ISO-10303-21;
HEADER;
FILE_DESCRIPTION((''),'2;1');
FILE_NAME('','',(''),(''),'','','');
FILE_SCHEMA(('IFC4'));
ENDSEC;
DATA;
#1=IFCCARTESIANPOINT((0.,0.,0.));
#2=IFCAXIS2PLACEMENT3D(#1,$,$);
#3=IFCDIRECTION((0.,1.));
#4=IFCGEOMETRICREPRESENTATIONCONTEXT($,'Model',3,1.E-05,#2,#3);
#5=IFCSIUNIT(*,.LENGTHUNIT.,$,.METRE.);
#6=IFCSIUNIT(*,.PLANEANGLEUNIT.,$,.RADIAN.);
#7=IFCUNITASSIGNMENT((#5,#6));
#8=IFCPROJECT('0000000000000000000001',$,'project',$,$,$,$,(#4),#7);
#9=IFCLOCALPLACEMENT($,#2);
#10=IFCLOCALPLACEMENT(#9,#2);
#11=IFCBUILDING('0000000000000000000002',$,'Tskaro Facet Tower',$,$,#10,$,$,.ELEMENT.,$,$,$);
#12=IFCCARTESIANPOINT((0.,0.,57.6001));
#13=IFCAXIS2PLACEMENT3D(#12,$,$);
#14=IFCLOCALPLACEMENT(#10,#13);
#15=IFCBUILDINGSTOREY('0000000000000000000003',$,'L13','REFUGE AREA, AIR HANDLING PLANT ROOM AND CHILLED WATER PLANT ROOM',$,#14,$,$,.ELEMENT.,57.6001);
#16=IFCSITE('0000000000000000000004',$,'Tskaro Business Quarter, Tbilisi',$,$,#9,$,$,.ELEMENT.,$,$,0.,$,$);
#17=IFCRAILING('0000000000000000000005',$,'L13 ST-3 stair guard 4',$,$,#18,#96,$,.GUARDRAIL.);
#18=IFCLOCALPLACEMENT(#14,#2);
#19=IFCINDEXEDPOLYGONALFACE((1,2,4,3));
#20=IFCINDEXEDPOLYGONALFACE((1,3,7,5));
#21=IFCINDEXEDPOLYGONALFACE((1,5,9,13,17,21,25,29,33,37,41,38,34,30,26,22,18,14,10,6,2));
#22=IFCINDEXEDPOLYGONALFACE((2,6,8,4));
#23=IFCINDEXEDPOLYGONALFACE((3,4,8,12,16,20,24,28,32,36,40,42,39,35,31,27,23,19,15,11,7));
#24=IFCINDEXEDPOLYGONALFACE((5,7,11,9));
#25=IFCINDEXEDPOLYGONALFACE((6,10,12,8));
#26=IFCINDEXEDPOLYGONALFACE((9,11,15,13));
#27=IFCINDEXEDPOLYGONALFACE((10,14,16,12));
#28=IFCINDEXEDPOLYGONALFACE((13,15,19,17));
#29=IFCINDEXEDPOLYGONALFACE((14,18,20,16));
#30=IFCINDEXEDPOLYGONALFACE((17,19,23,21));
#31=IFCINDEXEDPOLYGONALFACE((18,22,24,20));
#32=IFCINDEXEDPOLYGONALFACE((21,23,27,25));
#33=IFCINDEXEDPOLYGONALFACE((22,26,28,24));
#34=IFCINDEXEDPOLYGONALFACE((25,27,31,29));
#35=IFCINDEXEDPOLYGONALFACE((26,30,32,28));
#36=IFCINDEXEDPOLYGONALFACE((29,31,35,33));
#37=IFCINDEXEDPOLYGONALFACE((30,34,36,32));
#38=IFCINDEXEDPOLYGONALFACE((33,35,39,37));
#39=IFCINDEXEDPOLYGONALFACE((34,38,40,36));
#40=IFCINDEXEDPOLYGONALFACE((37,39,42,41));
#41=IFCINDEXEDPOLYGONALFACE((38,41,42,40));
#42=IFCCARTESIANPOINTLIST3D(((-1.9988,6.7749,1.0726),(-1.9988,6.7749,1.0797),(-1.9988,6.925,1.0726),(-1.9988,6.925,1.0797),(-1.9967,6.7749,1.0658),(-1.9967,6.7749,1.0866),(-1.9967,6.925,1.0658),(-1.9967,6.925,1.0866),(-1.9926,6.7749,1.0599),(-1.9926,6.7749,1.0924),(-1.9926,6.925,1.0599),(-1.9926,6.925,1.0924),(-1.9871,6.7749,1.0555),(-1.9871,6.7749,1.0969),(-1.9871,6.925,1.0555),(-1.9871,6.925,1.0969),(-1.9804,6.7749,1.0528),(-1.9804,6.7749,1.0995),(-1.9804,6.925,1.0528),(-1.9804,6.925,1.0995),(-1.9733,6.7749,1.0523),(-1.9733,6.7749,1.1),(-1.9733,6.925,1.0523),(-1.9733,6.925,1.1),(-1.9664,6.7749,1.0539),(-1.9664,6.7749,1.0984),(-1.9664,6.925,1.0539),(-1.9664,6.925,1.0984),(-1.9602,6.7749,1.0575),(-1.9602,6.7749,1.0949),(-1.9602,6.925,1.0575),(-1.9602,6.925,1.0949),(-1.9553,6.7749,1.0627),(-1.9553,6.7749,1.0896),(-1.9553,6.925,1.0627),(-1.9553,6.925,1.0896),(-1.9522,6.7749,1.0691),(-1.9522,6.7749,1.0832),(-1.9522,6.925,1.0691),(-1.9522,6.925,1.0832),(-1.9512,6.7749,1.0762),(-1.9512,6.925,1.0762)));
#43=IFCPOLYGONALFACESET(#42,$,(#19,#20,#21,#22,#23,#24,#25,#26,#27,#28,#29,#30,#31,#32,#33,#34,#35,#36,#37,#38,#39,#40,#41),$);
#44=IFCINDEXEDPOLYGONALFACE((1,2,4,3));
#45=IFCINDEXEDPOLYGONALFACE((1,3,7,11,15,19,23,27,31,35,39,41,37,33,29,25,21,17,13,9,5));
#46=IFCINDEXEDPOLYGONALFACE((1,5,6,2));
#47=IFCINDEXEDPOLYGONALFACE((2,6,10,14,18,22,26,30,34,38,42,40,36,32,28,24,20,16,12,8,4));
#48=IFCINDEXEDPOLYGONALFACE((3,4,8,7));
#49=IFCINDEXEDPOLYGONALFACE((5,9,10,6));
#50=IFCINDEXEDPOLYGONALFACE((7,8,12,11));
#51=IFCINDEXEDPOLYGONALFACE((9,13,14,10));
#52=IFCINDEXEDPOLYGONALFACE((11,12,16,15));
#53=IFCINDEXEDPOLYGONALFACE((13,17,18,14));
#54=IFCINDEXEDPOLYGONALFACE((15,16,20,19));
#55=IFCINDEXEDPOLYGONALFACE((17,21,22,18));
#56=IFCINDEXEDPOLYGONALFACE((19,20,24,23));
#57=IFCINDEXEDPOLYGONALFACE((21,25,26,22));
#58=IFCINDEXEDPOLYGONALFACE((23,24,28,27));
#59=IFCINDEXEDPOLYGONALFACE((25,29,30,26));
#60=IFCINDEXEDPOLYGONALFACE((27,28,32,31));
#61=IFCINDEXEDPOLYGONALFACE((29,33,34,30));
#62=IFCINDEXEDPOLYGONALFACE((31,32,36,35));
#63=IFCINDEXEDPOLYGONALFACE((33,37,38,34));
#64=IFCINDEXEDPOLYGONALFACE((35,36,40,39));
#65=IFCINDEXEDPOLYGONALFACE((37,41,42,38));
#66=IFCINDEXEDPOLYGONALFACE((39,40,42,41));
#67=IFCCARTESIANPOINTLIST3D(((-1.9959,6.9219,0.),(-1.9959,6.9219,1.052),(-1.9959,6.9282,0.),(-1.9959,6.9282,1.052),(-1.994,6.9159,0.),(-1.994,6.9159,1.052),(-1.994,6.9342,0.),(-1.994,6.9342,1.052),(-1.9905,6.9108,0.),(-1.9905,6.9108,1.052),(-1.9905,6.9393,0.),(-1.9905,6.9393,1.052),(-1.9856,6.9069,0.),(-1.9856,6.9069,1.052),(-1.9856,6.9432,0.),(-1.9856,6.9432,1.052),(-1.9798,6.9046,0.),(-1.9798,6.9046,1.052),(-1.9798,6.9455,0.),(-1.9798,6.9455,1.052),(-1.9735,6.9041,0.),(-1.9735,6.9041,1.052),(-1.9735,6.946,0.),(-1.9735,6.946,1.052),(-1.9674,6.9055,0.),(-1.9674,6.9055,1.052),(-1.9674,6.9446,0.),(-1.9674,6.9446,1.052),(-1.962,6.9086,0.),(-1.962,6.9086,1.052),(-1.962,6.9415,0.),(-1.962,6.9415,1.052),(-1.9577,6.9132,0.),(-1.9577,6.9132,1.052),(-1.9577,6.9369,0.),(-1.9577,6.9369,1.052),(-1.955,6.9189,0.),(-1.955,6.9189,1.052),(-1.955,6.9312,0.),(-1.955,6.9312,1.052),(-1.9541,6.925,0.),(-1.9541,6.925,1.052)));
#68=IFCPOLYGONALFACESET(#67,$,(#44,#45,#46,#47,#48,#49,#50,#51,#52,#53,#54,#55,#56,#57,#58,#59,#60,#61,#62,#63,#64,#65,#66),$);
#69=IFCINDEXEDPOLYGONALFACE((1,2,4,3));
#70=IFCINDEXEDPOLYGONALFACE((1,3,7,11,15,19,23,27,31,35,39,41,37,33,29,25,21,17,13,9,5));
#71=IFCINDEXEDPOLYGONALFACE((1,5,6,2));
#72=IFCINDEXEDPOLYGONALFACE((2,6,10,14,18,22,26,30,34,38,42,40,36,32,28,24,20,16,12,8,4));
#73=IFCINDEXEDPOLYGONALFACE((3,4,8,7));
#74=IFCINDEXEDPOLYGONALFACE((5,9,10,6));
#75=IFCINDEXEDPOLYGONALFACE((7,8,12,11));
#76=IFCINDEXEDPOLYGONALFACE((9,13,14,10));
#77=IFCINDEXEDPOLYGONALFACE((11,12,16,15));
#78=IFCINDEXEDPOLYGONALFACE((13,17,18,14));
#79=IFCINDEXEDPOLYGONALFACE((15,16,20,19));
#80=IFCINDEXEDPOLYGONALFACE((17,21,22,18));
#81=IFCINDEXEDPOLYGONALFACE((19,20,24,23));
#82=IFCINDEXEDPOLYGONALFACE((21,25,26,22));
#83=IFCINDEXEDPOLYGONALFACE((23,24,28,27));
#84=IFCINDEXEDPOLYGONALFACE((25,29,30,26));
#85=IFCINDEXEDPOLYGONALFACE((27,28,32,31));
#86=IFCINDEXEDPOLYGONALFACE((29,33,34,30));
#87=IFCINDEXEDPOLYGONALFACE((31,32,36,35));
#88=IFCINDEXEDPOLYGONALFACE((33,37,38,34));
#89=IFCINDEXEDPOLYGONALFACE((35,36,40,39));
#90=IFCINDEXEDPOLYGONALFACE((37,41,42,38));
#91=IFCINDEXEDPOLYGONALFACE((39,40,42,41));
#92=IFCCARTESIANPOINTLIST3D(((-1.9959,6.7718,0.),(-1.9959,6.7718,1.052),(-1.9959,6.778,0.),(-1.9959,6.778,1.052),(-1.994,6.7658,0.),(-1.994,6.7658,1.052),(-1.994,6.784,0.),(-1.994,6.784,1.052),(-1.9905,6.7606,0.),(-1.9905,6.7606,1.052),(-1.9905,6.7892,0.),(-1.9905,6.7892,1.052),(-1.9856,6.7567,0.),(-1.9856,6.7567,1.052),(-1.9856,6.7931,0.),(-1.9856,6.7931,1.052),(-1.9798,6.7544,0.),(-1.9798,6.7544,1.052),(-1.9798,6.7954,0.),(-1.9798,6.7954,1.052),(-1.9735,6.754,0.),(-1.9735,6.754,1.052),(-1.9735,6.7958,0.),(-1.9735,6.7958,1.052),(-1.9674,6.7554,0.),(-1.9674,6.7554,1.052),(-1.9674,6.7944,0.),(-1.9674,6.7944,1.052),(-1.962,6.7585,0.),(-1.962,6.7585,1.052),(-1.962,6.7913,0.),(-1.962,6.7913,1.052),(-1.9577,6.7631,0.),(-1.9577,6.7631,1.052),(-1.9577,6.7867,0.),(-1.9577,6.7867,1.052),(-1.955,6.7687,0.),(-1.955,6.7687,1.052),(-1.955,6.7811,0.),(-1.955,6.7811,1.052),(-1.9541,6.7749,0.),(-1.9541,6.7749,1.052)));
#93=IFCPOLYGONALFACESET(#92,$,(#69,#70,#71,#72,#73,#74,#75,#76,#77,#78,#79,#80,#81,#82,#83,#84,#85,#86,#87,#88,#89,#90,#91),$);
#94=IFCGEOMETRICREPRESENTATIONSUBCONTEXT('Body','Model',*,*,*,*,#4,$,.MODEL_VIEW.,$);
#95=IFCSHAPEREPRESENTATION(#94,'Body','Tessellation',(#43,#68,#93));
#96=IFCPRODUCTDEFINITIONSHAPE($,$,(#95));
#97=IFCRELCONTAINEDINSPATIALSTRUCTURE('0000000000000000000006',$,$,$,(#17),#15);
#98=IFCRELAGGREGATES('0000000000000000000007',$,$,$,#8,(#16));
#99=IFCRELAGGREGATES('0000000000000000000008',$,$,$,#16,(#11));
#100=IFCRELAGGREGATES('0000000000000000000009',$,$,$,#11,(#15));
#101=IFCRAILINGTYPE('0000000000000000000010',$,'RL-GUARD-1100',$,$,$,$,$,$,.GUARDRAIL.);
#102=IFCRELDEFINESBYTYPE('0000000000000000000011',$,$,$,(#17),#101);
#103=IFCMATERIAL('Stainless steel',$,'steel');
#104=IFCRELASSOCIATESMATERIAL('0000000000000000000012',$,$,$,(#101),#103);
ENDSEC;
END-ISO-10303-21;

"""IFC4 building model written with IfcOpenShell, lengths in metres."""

from ifc_helpers import new_model, si_unit, direction, frame, origin, origin_2d, place, context, subcontext, project, spatial, circle, extrude, material, type_object, element, save


model = new_model("IFC4")

# Units and contexts
model_context = context("Model", 3, precision=1e-05, world=origin(), true_north=direction((0.0, 1.0)))
body_context = subcontext(model_context, "Body", "Model", "MODEL_VIEW")
ifc_project = project(units=[si_unit("LENGTHUNIT", "METRE"), si_unit("PLANEANGLEUNIT", "RADIAN")], contexts=[model_context])

# Site, building, storey
site_placement = place(None, origin())
site = spatial("IfcSite", under=ifc_project, at=site_placement, Name="Tskaro Business Quarter, Tbilisi", CompositionType="ELEMENT", RefElevation=0.0)
building_placement = place(site_placement, origin())
building = spatial("IfcBuilding", under=site, at=building_placement, Name="Tskaro Facet Tower", CompositionType="ELEMENT")
storey_placement = place(building_placement, frame((0.0, 0.0, 57.6001)))
storey = spatial("IfcBuildingStorey", under=building, at=storey_placement, Name="L13", Description="REFUGE AREA, AIR HANDLING PLANT ROOM AND CHILLED WATER PLANT ROOM", CompositionType="ELEMENT", Elevation=57.6001)

# Railing
ifc_material_1 = material(Name="Stainless steel", Category="steel")
railing_type_1 = type_object("IfcRailingType", Name="RL-GUARD-1100", PredefinedType="GUARDRAIL", material=ifc_material_1)
railing_1_placement = place(storey_placement, frame((-1.9751, 6.925, 0.0)))
element("IfcRailing", 1, at=railing_1_placement, inside=storey, type_object=railing_type_1, Name="L13 ST-3 stair guard 4", PredefinedType="GUARDRAIL", context=body_context, shape_type="SweptSolid", body=[
    extrude(circle(Radius=0.0239, at=origin_2d()), frame((0.0, 0.0, 1.0762), z_axis=(0.0, -1.0, 0.0), x_axis=(1.0, 0.0, 0.0)), (0.0, 0.0, 1.0), 0.1501),
    extrude(circle(Radius=0.021, at=origin_2d()), origin(), (0.0, 0.0, 1.0), 1.052),
    extrude(circle(Radius=0.021, at=origin_2d()), frame((0.0, -0.1501, 0.0)), (0.0, 0.0, 1.0), 1.052),
])

save(model, "model.ifc")
